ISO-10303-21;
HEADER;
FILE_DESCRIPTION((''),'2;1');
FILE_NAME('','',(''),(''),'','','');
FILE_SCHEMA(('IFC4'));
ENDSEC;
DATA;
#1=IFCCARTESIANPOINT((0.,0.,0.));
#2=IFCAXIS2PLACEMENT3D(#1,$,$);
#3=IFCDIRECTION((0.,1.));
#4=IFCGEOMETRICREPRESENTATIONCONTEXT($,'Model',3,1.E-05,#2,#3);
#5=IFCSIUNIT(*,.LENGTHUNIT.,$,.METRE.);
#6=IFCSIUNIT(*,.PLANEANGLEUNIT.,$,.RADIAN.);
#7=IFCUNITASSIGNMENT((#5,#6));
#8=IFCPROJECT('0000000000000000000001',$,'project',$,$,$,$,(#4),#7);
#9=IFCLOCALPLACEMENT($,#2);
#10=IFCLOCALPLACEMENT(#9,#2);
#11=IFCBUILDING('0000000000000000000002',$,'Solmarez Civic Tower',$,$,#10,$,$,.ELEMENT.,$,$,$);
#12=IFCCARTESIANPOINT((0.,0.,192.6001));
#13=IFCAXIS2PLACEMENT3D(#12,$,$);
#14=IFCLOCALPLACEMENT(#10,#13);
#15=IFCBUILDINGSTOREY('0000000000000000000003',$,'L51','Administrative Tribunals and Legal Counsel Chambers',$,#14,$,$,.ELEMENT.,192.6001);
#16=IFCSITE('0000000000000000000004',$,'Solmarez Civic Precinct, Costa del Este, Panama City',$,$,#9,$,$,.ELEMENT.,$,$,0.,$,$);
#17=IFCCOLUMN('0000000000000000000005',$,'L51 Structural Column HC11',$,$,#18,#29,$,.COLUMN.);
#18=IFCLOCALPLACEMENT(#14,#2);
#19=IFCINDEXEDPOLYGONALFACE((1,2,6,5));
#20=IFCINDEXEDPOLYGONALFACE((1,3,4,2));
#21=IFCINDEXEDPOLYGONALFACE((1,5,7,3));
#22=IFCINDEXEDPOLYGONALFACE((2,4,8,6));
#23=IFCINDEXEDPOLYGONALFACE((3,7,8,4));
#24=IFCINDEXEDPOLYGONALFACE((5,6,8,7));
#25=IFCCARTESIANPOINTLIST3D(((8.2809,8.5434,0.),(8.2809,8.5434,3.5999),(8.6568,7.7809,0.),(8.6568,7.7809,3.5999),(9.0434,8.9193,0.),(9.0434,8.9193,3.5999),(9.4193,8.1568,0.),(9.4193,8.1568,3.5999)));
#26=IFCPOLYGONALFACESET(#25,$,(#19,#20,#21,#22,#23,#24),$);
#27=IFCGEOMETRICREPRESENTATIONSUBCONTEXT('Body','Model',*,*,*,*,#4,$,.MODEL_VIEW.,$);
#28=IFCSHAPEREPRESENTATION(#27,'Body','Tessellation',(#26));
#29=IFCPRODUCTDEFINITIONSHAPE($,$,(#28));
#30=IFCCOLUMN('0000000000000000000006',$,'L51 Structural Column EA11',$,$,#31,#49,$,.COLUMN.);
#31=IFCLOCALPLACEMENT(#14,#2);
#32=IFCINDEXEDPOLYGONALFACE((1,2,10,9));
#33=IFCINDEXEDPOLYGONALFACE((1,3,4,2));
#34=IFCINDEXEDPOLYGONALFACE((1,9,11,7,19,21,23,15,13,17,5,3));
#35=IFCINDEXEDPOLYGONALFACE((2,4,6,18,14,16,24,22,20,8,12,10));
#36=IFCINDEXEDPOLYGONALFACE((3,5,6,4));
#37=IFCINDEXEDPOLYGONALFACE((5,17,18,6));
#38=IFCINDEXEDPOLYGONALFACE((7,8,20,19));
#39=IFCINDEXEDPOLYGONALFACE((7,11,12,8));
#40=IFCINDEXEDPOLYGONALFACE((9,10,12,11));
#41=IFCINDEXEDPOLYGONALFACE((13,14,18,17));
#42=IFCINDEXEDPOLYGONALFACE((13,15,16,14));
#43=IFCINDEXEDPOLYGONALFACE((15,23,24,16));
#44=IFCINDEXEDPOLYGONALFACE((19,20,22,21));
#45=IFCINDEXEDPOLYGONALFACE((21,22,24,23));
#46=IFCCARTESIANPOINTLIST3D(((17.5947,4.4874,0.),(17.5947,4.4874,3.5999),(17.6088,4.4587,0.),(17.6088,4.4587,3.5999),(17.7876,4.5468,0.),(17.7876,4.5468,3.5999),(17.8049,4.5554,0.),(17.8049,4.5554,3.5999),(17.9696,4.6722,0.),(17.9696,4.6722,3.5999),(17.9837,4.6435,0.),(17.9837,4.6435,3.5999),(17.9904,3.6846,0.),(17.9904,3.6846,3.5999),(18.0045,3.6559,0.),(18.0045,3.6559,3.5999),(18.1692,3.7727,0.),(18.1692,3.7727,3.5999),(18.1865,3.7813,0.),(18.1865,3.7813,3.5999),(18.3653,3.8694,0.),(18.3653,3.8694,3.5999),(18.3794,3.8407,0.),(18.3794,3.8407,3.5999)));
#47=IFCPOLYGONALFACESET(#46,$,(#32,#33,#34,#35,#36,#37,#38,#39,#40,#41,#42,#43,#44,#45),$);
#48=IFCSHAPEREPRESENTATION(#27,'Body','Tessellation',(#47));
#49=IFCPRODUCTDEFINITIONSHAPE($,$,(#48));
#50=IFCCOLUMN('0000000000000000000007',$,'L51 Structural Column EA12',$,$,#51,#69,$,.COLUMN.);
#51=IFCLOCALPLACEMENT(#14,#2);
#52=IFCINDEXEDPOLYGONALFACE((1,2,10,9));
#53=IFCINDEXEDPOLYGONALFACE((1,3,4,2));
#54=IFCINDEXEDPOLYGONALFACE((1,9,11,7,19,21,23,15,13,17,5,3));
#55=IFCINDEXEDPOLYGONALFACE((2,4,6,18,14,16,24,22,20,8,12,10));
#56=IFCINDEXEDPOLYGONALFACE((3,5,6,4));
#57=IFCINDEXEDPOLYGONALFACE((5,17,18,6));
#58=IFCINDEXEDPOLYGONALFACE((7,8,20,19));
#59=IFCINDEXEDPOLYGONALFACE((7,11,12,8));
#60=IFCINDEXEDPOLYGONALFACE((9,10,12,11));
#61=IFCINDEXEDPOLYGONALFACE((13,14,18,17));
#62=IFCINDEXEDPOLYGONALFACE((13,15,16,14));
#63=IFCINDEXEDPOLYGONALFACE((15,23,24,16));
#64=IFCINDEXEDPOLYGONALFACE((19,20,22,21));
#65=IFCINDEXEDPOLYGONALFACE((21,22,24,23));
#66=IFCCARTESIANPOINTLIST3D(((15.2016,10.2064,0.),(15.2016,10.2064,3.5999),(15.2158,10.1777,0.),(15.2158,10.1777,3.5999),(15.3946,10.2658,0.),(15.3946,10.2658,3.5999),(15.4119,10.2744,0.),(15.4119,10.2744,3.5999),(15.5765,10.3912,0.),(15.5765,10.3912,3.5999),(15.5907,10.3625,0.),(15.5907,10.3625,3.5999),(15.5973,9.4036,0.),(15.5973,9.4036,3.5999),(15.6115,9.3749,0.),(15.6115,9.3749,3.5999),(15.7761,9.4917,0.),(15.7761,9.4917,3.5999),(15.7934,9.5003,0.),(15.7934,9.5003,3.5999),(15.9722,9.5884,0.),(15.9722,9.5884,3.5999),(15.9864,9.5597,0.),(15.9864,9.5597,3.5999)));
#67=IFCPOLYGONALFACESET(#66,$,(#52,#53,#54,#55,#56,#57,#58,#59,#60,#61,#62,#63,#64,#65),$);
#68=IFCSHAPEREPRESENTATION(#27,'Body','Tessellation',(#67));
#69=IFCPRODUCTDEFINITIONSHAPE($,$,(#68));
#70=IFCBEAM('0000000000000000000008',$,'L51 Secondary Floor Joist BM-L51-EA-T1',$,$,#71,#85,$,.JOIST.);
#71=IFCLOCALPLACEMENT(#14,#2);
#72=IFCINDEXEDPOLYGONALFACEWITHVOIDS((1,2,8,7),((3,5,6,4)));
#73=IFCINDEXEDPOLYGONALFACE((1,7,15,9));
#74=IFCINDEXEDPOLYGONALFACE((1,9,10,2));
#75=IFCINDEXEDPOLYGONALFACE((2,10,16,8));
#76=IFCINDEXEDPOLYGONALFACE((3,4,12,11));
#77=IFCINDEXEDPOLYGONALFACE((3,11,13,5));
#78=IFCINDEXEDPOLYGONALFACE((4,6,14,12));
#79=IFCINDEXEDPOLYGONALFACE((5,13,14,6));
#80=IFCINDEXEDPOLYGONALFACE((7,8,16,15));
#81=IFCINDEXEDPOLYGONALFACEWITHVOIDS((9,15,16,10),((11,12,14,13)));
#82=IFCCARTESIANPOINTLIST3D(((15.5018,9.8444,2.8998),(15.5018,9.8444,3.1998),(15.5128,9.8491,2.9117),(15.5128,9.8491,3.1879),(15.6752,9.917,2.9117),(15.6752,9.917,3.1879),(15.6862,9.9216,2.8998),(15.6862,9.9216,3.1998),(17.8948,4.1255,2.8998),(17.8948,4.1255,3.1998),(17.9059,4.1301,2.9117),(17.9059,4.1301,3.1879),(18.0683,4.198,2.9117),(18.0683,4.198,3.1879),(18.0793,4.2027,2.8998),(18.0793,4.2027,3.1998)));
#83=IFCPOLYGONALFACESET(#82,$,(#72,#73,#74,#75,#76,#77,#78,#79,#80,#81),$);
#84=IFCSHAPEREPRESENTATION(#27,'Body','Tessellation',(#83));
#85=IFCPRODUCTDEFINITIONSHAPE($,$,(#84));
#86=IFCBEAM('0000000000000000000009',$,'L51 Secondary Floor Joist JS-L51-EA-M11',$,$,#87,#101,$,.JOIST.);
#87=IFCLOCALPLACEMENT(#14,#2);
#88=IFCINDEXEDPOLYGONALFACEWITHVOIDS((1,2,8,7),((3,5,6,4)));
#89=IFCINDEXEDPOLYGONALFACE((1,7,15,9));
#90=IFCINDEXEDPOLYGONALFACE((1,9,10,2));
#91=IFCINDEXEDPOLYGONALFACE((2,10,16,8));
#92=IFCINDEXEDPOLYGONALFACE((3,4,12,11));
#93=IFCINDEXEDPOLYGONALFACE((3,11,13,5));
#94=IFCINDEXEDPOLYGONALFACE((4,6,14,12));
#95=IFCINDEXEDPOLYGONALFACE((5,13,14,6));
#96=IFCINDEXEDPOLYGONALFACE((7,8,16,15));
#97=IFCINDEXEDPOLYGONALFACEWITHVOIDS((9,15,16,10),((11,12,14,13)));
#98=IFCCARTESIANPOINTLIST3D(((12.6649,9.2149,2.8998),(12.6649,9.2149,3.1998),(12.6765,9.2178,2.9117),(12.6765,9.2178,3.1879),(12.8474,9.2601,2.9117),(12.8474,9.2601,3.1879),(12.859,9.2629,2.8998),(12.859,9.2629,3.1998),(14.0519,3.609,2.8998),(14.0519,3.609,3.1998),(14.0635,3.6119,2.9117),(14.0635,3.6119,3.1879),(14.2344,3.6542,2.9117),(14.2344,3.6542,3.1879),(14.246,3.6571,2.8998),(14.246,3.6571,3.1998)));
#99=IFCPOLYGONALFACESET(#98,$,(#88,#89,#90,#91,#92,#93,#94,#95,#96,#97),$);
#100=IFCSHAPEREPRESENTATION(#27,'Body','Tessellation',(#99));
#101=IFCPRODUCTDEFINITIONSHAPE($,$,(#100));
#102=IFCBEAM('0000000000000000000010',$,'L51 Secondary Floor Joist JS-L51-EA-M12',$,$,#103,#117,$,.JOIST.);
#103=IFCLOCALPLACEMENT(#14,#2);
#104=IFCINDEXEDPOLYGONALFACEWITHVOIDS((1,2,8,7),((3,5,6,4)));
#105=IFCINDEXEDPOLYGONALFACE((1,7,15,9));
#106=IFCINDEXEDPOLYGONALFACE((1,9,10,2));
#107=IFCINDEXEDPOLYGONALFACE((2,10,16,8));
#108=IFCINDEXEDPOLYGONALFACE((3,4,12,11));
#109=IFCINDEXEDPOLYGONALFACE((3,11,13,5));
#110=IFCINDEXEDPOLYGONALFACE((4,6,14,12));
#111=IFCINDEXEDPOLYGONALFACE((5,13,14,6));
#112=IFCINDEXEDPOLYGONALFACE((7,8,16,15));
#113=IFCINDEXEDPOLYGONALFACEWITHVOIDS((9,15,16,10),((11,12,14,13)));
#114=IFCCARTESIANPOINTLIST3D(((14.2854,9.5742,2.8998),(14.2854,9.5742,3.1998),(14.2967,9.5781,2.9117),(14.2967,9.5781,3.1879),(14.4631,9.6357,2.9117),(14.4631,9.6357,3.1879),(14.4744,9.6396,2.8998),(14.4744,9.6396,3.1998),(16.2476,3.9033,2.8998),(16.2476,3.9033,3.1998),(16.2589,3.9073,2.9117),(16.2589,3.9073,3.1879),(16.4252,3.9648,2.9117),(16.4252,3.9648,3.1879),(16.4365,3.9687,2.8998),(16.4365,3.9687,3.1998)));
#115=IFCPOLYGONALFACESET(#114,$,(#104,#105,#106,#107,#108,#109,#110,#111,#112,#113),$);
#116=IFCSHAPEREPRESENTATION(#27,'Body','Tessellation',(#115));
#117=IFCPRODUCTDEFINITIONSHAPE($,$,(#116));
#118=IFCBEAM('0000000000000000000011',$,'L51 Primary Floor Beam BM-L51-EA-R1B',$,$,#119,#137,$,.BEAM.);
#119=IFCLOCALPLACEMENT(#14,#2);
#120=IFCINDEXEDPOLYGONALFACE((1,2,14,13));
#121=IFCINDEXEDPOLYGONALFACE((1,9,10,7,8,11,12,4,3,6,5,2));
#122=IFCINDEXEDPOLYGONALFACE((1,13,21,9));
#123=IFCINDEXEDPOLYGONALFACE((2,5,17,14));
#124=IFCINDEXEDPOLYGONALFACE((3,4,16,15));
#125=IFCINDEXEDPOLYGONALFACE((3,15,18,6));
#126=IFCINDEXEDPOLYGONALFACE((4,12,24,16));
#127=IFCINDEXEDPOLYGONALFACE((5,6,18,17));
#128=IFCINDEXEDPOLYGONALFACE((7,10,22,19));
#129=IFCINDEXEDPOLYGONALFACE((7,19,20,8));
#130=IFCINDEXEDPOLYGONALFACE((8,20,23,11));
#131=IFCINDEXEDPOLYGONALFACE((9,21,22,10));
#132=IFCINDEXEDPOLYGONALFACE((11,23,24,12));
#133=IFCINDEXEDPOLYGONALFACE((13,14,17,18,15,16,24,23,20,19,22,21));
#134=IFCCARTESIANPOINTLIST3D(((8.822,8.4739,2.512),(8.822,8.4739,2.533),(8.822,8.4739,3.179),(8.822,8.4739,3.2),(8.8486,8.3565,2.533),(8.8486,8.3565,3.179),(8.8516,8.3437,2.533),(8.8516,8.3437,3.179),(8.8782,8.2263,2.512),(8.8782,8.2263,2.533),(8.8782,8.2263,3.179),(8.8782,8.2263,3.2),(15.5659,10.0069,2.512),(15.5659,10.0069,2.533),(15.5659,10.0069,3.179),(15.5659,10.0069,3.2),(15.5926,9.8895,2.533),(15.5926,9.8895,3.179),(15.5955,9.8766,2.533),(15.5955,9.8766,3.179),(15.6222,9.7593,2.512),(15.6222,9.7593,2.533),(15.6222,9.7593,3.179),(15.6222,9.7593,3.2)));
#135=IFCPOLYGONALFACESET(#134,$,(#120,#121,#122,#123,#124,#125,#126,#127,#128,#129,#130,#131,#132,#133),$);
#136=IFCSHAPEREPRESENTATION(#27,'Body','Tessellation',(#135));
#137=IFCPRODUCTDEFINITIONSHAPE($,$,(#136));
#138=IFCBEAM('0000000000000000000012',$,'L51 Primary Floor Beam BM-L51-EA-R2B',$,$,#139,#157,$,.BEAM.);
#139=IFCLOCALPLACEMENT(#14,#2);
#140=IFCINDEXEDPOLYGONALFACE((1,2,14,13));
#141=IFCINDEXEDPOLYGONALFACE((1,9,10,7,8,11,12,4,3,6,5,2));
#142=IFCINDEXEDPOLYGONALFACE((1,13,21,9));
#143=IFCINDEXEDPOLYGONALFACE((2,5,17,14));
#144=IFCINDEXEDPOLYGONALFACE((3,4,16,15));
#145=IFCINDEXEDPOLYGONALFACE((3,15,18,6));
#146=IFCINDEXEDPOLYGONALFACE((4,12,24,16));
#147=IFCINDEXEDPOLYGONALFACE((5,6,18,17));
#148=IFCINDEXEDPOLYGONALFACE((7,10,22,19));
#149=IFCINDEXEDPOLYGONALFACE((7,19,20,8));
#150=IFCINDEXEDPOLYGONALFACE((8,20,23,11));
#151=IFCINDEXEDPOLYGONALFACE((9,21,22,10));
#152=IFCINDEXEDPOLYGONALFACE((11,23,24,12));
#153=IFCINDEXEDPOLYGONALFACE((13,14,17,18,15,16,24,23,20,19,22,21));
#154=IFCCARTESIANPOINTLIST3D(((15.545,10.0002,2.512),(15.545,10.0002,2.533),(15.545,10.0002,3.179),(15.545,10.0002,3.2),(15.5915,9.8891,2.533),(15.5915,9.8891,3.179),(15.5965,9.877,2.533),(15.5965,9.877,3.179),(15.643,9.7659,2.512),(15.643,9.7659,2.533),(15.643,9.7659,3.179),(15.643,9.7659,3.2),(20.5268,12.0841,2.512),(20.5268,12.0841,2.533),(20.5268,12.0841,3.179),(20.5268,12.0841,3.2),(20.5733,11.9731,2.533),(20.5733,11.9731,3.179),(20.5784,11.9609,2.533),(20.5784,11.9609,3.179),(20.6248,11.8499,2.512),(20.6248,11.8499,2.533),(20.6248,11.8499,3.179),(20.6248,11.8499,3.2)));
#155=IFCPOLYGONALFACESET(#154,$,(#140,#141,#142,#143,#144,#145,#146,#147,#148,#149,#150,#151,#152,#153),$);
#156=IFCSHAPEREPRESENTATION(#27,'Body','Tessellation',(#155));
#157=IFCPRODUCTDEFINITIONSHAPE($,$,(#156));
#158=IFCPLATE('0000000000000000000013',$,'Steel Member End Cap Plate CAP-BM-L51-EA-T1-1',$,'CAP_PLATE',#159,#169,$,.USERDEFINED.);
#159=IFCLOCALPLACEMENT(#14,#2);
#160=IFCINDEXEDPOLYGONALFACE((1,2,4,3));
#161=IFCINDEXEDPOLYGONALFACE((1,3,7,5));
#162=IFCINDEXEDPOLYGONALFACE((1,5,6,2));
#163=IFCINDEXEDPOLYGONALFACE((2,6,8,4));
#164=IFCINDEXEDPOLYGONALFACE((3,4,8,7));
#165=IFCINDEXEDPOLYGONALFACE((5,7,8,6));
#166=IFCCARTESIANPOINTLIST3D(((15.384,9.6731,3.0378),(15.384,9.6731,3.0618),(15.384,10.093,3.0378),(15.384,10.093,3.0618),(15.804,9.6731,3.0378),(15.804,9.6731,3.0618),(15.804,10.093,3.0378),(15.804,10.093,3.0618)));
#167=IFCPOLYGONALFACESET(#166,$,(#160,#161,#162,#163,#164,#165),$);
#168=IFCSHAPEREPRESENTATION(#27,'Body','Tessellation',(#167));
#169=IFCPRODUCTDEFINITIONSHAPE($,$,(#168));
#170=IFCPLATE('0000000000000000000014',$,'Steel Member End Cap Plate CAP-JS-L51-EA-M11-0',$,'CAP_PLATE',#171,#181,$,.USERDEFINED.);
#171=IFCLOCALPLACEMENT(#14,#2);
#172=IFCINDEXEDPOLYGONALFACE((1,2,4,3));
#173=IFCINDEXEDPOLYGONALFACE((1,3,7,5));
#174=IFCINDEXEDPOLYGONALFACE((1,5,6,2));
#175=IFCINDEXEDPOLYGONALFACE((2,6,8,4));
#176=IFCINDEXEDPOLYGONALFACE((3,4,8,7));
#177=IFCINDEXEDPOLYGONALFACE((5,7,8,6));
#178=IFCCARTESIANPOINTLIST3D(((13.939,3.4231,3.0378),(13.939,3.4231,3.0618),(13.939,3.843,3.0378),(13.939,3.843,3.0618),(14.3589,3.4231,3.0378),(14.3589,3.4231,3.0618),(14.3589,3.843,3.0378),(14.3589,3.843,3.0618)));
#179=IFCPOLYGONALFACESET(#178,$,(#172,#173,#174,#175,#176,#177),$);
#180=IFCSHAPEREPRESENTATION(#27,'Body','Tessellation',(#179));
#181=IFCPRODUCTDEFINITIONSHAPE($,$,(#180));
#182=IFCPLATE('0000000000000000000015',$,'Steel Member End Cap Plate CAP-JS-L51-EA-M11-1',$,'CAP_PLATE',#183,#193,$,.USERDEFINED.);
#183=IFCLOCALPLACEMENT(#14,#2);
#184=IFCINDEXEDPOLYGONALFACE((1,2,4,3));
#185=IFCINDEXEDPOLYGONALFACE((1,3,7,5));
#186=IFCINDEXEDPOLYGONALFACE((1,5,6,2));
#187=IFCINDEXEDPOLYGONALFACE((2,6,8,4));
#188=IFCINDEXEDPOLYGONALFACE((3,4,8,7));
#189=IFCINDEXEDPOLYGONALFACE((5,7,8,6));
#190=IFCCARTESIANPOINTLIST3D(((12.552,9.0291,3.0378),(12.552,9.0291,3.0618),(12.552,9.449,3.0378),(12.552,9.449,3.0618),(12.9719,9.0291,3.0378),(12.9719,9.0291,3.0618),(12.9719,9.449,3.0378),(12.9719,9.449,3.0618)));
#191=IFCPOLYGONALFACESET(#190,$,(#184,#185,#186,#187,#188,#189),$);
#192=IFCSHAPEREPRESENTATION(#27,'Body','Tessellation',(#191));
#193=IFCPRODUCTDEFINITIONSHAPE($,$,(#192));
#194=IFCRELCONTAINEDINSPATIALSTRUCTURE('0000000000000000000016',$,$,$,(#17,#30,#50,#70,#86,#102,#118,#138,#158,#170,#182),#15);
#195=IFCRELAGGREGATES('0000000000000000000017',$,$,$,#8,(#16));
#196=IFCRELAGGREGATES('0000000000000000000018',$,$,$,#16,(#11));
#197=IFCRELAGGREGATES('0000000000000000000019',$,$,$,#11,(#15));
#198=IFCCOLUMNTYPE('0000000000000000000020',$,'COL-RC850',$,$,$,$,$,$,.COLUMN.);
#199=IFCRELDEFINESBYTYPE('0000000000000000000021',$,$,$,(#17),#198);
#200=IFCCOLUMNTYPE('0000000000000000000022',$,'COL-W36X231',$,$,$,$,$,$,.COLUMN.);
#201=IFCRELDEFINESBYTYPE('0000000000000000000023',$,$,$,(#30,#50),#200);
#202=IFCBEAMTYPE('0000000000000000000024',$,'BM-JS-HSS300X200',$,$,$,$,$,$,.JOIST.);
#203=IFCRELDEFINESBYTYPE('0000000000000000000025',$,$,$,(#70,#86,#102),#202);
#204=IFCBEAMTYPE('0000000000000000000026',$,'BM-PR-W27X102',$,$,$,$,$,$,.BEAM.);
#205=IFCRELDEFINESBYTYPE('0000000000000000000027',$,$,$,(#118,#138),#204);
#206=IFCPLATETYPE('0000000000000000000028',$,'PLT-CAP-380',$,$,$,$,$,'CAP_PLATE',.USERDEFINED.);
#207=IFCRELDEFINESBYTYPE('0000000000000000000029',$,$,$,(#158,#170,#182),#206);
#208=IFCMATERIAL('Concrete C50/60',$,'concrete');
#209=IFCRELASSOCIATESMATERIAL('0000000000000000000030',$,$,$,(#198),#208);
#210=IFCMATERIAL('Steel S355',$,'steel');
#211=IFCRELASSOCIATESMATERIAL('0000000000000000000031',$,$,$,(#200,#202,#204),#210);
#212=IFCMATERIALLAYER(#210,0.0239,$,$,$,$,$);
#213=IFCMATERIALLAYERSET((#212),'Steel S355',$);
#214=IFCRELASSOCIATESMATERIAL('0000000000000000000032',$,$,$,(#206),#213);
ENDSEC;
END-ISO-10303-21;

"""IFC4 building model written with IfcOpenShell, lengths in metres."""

from ifc_helpers import new_model, si_unit, direction, frame, origin, origin_2d, place, context, subcontext, project, spatial, rectangle, hollow_rectangle, i_section, extrude, material, layer, layer_set, material_profile, profile_set, type_object, element, save


model = new_model("IFC4")

# Units and contexts
model_context = context("Model", 3, precision=1e-05, world=origin(), true_north=direction((0.0, 1.0)))
body_context = subcontext(model_context, "Body", "Model", "MODEL_VIEW")
ifc_project = project(units=[si_unit("LENGTHUNIT", "METRE"), si_unit("PLANEANGLEUNIT", "RADIAN")], contexts=[model_context])

# Site, building, storey
site_placement = place(None, origin())
site = spatial("IfcSite", under=ifc_project, at=site_placement, Name="Solmarez Civic Precinct, Costa del Este, Panama City", CompositionType="ELEMENT", RefElevation=0.0)
building_placement = place(site_placement, origin())
building = spatial("IfcBuilding", under=site, at=building_placement, Name="Solmarez Civic Tower", CompositionType="ELEMENT")
storey_placement = place(building_placement, frame((0.0, 0.0, 192.6001)))
storey = spatial("IfcBuildingStorey", under=building, at=storey_placement, Name="L51", Description="Administrative Tribunals and Legal Counsel Chambers", CompositionType="ELEMENT", Elevation=192.6001)

# Columns
ifc_material_1 = material(Name="Concrete C50/60", Category="concrete")
ifc_material_profile_1 = material_profile(ifc_material_1, rectangle(XDim=0.8501, YDim=0.8501, at=origin_2d()), Name="RC850X850")
ifc_profile_set_1 = profile_set([ifc_material_profile_1], Name="Concrete C50/60")
column_type_1 = type_object("IfcColumnType", Name="COL-RC850", PredefinedType="COLUMN", material=ifc_profile_set_1)
column_placement = place(storey_placement, frame((8.8501, 8.3501, 0.0), z_axis=(0.0, 0.0, 1.0), x_axis=(0.89695, 0.442132, 0.0)))
element("IfcColumn", 1, at=column_placement, inside=storey, type_object=column_type_1, Name="L51 Structural Column HC11", PredefinedType="COLUMN", context=body_context, shape_type="SweptSolid", body=[
    extrude(rectangle(XDim=0.8501, YDim=0.8501, at=origin_2d()), origin(), (0.0, 0.0, 1.0), 3.5999),
])
ifc_material_2 = material(Name="Steel S355", Category="steel")
ifc_material_profile_2 = material_profile(ifc_material_2, i_section(OverallWidth=0.418, OverallDepth=0.927, WebThickness=0.0193, FlangeThickness=0.032, at=origin_2d()), Name="W36X231")
ifc_profile_set_2 = profile_set([ifc_material_profile_2], Name="Steel S355")
column_type_2 = type_object("IfcColumnType", Name="COL-W36X231", PredefinedType="COLUMN", material=ifc_profile_set_2)
for number, where, z_axis, x_axis, name in (
    (2, (17.9871, 4.1641, 0.0), (0.0, 0.0, 1.0), (0.89695, 0.442132, 0.0), "L51 Structural Column EA11"),
    (3, (15.594, 9.8831, 0.0), (0.0, 0.0, 1.0), (0.89695, 0.442132, 0.0), "L51 Structural Column EA12"),
):
    element("IfcColumn", number, at=place(storey_placement, frame(where, z_axis=z_axis, x_axis=x_axis)), inside=storey, type_object=column_type_2, Name=name, PredefinedType="COLUMN", context=body_context, shape_type="SweptSolid", body=[
        extrude(i_section(OverallWidth=0.418, OverallDepth=0.927, WebThickness=0.0193, FlangeThickness=0.032, at=origin_2d()), origin(), (0.0, 0.0, 1.0), 3.5999),
    ])

# Beams
ifc_material_profile_3 = material_profile(ifc_material_2, hollow_rectangle(XDim=0.2, YDim=0.3, WallThickness=0.012, at=origin_2d()), Name="HSS300X200X12")
ifc_profile_set_3 = profile_set([ifc_material_profile_3], Name="Steel S355")
beam_type_1 = type_object("IfcBeamType", Name="BM-JS-HSS300X200", PredefinedType="JOIST", material=ifc_profile_set_3)
beam_1_placement = place(storey_placement, frame((17.9871, 4.1641, 3.0498), z_axis=(-0.38601, 0.922494, 0.0), x_axis=(-0.922494, -0.38601, 0.0)))
element("IfcBeam", 4, at=beam_1_placement, inside=storey, type_object=beam_type_1, Name="L51 Secondary Floor Joist BM-L51-EA-T1", PredefinedType="JOIST", context=body_context, shape_type="SweptSolid", body=[
    extrude(hollow_rectangle(XDim=0.2, YDim=0.3, WallThickness=0.012, at=origin_2d()), origin(), (0.0, 0.0, 1.0), 6.1995),
])
beam_2_placement = place(storey_placement, frame((14.1489, 3.6331, 3.0498), z_axis=(-0.240167, 0.970731, 0.0), x_axis=(-0.970731, -0.240167, 0.0)))
element("IfcBeam", 5, at=beam_2_placement, inside=storey, type_object=beam_type_1, Name="L51 Secondary Floor Joist JS-L51-EA-M11", PredefinedType="JOIST", context=body_context, shape_type="SweptSolid", body=[
    extrude(hollow_rectangle(XDim=0.2, YDim=0.3, WallThickness=0.012, at=origin_2d()), origin(), (0.0, 0.0, 1.0), 5.7749),
])
beam_3_placement = place(storey_placement, frame((16.342, 3.936, 3.0498), z_axis=(-0.326985, 0.94503, 0.0), x_axis=(-0.94503, -0.326985, 0.0)))
element("IfcBeam", 6, at=beam_3_placement, inside=storey, type_object=beam_type_1, Name="L51 Secondary Floor Joist JS-L51-EA-M12", PredefinedType="JOIST", context=body_context, shape_type="SweptSolid", body=[
    extrude(hollow_rectangle(XDim=0.2, YDim=0.3, WallThickness=0.012, at=origin_2d()), origin(), (0.0, 0.0, 1.0), 6.0007),
])
ifc_material_profile_4 = material_profile(ifc_material_2, i_section(OverallWidth=0.2539, OverallDepth=0.688, WebThickness=0.0132, FlangeThickness=0.021, at=origin_2d()), Name="W27X102")
ifc_profile_set_4 = profile_set([ifc_material_profile_4], Name="Steel S355")
beam_type_2 = type_object("IfcBeamType", Name="BM-PR-W27X102", PredefinedType="BEAM", material=ifc_profile_set_4)
beam_4_placement = place(storey_placement, frame((8.8501, 8.3501, 2.856), z_axis=(0.975125, 0.221656, 0.0), x_axis=(-0.221656, 0.975125, 0.0)))
element("IfcBeam", 7, at=beam_4_placement, inside=storey, type_object=beam_type_2, Name="L51 Primary Floor Beam BM-L51-EA-R1B", PredefinedType="BEAM", context=body_context, shape_type="SweptSolid", body=[
    extrude(i_section(OverallWidth=0.2539, OverallDepth=0.688, WebThickness=0.0132, FlangeThickness=0.021, at=origin_2d()), origin(), (0.0, 0.0, 1.0), 6.916),
])
beam_5_placement = place(storey_placement, frame((15.594, 9.8831, 2.856), z_axis=(0.922538, 0.385905, 0.0), x_axis=(-0.385905, 0.922538, 0.0)))
element("IfcBeam", 8, at=beam_5_placement, inside=storey, type_object=beam_type_2, Name="L51 Primary Floor Beam BM-L51-EA-R2B", PredefinedType="BEAM", context=body_context, shape_type="SweptSolid", body=[
    extrude(i_section(OverallWidth=0.2539, OverallDepth=0.688, WebThickness=0.0132, FlangeThickness=0.021, at=origin_2d()), origin(), (0.0, 0.0, 1.0), 5.4001),
])

# Plates
ifc_layer_1 = layer(ifc_material_2, 0.0239)
ifc_layer_set_1 = layer_set([ifc_layer_1], Name="Steel S355")
plate_type = type_object("IfcPlateType", Name="PLT-CAP-380", ElementType="CAP_PLATE", PredefinedType="USERDEFINED", material=ifc_layer_set_1)
for number, where, z_axis, x_axis, name in (
    (9, (15.594, 9.8831, 3.0378), (0.0, 0.0, 1.0), (1.0, 0.0, 0.0), "Steel Member End Cap Plate CAP-BM-L51-EA-T1-1"),
    (10, (14.1489, 3.6331, 3.0378), (0.0, 0.0, 1.0), (1.0, 0.0, 0.0), "Steel Member End Cap Plate CAP-JS-L51-EA-M11-0"),
    (11, (12.762, 9.239, 3.0378), (0.0, 0.0, 1.0), (1.0, 0.0, 0.0), "Steel Member End Cap Plate CAP-JS-L51-EA-M11-1"),
):
    element("IfcPlate", number, at=place(storey_placement, frame(where, z_axis=z_axis, x_axis=x_axis)), inside=storey, type_object=plate_type, Name=name, ObjectType="CAP_PLATE", PredefinedType="USERDEFINED", context=body_context, shape_type="SweptSolid", body=[
        extrude(rectangle(XDim=0.4199, YDim=0.4199, at=origin_2d()), origin(), (0.0, 0.0, 1.0), 0.0239),
    ])

save(model, "model.ifc")
